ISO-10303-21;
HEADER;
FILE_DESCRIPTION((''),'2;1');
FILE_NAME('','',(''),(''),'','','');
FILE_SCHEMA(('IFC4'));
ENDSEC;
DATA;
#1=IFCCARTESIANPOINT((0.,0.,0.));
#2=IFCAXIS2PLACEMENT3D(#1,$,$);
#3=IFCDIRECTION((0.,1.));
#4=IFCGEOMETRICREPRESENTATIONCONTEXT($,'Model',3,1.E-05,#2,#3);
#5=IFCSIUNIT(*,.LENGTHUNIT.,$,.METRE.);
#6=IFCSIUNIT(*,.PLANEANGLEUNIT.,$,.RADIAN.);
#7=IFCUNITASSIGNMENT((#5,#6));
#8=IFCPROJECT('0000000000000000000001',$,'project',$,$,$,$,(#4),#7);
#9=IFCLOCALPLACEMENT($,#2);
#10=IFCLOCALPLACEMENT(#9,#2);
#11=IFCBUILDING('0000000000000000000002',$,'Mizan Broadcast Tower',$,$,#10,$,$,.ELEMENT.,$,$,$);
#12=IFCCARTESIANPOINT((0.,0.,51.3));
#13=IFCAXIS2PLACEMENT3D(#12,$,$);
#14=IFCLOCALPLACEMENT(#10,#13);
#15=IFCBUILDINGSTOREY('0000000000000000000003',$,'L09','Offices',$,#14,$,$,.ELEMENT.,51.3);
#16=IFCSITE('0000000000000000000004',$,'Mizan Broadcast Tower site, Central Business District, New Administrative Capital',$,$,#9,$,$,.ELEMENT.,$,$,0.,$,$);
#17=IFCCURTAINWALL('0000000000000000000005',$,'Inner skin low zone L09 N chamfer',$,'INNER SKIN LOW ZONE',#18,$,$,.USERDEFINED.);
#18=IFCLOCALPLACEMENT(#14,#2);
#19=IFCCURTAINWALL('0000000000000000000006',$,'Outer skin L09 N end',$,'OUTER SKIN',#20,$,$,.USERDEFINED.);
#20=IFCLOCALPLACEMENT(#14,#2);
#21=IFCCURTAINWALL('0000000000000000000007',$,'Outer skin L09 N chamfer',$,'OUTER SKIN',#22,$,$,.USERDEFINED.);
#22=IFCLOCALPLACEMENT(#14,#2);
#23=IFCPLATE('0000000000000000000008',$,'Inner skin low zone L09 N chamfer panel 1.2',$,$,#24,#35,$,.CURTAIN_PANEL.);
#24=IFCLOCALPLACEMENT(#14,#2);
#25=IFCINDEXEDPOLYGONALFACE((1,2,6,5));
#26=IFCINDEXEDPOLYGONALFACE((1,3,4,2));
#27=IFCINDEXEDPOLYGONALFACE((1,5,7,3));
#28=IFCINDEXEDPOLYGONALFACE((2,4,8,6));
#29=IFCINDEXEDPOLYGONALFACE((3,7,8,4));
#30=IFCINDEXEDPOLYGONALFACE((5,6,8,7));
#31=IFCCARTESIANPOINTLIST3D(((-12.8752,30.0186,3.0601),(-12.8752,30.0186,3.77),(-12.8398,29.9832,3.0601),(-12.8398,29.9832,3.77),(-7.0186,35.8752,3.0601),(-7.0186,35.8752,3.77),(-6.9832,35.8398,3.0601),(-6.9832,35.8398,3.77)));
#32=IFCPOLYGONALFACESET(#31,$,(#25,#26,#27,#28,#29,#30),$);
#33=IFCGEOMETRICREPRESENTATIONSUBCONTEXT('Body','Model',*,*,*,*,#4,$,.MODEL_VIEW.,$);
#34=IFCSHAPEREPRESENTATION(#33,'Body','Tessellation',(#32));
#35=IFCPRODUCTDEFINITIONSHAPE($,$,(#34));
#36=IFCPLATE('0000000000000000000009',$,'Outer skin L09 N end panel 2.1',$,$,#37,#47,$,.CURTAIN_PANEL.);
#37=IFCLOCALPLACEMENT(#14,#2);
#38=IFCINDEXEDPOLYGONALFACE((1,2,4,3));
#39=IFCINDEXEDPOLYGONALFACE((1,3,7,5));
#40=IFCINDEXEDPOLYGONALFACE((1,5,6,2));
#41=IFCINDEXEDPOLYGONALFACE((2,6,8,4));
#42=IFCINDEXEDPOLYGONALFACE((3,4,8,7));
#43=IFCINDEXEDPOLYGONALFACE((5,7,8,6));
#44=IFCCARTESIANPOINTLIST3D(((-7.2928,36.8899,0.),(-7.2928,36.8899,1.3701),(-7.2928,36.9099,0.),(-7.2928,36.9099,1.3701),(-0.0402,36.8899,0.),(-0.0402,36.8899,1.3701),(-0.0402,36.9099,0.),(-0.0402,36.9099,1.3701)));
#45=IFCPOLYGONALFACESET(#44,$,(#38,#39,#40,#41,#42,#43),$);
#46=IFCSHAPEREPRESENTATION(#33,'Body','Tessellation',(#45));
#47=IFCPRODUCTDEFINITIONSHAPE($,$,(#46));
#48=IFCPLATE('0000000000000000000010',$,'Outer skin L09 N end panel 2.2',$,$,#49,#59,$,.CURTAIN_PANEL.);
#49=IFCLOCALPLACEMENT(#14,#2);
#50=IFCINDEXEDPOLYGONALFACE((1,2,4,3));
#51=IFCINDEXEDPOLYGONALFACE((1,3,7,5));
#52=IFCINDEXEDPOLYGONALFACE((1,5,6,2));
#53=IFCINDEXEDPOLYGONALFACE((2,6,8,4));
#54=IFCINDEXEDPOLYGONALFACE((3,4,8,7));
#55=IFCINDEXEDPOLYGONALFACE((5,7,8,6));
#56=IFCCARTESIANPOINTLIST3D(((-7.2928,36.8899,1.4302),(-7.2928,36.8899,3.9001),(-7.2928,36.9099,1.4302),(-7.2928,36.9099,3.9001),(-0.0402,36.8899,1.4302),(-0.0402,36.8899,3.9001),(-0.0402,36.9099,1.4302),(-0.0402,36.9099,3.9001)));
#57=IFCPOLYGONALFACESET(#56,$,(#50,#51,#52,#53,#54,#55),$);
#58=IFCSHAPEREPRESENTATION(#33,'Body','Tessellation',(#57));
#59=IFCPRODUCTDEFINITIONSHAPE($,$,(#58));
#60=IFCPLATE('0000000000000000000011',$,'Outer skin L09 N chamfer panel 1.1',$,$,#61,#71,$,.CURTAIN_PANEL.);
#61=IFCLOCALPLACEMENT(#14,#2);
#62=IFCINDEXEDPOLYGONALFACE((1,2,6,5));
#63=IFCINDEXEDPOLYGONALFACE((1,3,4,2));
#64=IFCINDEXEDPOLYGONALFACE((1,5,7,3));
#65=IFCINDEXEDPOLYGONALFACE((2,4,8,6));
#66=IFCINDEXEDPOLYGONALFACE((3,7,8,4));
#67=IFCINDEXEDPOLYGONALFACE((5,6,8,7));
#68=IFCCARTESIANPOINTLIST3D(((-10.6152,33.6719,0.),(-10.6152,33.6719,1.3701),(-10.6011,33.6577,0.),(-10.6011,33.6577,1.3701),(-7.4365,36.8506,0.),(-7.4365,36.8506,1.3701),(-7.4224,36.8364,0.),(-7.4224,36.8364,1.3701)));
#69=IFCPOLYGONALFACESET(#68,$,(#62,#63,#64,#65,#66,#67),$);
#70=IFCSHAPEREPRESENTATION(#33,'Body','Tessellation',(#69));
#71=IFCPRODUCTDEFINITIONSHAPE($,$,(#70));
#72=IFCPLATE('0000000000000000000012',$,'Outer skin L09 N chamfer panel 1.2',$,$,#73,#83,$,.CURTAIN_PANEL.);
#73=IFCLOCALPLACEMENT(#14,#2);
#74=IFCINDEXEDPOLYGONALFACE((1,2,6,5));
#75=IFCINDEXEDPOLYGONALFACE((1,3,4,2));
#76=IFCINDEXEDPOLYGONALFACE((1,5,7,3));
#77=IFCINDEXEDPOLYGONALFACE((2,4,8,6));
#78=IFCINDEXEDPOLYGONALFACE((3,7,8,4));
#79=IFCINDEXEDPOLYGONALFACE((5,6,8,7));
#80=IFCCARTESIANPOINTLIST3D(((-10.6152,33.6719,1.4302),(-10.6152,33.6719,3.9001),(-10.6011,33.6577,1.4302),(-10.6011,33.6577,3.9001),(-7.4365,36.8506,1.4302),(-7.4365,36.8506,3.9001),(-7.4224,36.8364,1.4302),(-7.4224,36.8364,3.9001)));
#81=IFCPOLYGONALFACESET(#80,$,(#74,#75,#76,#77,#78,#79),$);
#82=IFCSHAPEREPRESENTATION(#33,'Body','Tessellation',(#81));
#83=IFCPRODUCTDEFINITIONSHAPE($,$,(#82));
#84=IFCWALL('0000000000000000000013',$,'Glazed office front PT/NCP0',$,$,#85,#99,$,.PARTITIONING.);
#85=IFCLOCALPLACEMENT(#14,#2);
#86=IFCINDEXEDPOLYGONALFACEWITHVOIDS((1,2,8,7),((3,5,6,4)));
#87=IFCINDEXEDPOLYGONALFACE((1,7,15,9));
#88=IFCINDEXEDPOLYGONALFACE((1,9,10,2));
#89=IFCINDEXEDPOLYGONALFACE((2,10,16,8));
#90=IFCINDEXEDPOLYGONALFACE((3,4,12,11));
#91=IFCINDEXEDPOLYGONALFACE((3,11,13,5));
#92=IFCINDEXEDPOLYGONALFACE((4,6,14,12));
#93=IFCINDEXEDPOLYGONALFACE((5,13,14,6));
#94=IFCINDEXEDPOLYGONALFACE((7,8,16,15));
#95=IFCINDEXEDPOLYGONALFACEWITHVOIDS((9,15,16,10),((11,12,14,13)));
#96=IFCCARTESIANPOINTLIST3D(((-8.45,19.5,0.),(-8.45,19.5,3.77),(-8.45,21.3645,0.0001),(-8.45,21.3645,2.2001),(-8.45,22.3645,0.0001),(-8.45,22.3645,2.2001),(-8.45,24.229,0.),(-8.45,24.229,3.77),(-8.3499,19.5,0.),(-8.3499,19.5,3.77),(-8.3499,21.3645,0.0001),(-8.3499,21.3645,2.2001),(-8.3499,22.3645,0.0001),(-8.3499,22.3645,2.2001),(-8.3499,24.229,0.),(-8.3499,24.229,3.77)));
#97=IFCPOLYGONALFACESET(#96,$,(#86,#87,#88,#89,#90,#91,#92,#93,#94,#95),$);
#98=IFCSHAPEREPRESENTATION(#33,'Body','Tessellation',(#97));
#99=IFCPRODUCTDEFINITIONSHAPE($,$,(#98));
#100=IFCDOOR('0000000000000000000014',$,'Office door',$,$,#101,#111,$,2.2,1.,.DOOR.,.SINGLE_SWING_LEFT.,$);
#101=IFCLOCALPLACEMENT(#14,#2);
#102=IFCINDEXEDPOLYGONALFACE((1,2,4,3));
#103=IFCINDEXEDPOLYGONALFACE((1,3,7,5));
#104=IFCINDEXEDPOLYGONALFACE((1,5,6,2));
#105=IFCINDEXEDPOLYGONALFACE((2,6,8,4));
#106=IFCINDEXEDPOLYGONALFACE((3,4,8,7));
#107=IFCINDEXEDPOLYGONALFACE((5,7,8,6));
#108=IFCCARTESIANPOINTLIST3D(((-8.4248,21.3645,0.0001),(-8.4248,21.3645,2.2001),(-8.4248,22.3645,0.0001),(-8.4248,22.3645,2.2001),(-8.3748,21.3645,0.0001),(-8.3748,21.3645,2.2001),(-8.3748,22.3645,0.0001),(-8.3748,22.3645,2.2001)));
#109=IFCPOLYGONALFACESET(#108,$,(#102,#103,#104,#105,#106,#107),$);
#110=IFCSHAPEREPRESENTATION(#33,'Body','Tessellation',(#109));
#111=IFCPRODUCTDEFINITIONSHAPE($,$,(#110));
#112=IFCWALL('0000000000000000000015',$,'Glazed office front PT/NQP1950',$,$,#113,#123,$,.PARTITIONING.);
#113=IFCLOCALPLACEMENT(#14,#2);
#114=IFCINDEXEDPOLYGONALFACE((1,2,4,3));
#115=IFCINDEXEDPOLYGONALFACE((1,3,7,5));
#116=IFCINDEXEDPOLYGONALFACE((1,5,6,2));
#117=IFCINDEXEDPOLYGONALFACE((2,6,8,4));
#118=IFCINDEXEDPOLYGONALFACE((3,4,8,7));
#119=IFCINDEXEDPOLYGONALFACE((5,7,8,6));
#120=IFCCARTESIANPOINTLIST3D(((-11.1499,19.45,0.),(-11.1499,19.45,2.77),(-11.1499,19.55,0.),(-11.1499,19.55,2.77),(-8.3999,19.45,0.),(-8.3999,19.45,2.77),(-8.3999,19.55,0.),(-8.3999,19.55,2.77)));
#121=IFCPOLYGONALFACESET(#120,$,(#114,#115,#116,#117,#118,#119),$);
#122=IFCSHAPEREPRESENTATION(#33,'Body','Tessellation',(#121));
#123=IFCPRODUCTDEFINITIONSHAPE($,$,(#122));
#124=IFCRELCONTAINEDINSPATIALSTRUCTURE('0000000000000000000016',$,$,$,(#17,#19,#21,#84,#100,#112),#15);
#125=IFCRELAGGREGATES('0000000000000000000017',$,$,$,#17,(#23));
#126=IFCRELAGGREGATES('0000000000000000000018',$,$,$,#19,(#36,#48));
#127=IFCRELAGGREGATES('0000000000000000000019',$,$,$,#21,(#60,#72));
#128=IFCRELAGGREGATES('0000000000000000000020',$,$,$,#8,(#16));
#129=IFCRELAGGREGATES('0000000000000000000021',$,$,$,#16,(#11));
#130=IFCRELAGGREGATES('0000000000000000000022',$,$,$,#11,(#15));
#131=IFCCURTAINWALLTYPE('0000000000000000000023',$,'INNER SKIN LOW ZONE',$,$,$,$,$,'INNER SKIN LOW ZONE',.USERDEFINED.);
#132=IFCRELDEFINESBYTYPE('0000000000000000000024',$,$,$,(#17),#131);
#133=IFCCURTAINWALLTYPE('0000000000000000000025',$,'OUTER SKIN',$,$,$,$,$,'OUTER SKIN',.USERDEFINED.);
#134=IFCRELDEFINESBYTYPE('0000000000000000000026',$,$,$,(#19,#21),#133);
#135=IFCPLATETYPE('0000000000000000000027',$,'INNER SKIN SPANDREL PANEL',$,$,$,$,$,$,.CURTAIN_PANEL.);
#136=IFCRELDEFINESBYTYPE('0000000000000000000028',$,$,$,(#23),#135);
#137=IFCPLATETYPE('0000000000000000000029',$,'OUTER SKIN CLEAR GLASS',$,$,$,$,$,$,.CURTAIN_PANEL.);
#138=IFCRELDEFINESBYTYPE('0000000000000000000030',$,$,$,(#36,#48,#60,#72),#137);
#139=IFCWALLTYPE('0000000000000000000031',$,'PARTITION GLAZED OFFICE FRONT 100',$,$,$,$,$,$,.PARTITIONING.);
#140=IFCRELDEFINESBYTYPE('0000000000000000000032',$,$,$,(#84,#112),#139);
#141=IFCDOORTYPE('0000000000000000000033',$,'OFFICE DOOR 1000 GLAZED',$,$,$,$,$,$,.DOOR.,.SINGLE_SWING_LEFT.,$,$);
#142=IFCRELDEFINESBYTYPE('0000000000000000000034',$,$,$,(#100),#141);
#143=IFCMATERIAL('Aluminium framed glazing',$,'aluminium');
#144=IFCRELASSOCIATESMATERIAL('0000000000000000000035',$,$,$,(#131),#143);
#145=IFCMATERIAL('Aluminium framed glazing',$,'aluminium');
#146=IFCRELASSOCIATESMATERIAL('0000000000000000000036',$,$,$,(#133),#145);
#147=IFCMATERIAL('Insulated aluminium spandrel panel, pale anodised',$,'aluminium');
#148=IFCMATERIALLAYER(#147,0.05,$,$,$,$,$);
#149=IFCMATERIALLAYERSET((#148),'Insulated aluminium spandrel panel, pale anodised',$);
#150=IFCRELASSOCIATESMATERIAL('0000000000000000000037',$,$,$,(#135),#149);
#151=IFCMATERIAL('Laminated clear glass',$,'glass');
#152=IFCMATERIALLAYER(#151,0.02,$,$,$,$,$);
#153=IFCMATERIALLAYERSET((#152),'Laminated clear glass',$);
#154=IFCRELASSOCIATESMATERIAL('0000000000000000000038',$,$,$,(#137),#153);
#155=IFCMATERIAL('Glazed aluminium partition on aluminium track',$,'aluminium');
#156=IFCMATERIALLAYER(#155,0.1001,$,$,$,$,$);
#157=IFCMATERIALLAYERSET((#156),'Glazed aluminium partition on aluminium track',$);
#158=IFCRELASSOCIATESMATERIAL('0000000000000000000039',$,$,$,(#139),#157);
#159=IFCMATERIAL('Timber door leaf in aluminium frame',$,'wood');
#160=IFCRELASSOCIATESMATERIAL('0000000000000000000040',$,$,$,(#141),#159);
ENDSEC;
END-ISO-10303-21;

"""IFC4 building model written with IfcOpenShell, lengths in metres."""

from ifc_helpers import new_model, si_unit, direction, frame, frame_2d, origin, origin_2d, place, context, subcontext, project, spatial, rectangle, extrude, material, layer, layer_set, type_object, element, fill, aggregate, save


model = new_model("IFC4")

# Units and contexts
model_context = context("Model", 3, precision=1e-05, world=origin(), true_north=direction((0.0, 1.0)))
body_context = subcontext(model_context, "Body", "Model", "MODEL_VIEW")
ifc_project = project(units=[si_unit("LENGTHUNIT", "METRE"), si_unit("PLANEANGLEUNIT", "RADIAN")], contexts=[model_context])

# Site, building, storey
site_placement = place(None, origin())
site = spatial("IfcSite", under=ifc_project, at=site_placement, Name="Mizan Broadcast Tower site, Central Business District, New Administrative Capital", CompositionType="ELEMENT", RefElevation=0.0)
building_placement = place(site_placement, origin())
building = spatial("IfcBuilding", under=site, at=building_placement, Name="Mizan Broadcast Tower", CompositionType="ELEMENT")
storey_placement = place(building_placement, frame((0.0, 0.0, 51.3)))
storey = spatial("IfcBuildingStorey", under=building, at=storey_placement, Name="L09", Description="Offices", CompositionType="ELEMENT", Elevation=51.3)

# Shared definitions
ifc_material_1 = material(Name="Aluminium framed glazing", Category="aluminium")
curtain_wall_type_1 = type_object("IfcCurtainWallType", Name="INNER SKIN LOW ZONE", ElementType="INNER SKIN LOW ZONE", PredefinedType="USERDEFINED", material=ifc_material_1)

# Curtain walls
curtain_wall_1_placement = place(storey_placement, origin())
curtain_wall_1 = element("IfcCurtainWall", 1, at=curtain_wall_1_placement, inside=storey, type_object=curtain_wall_type_1, Name="Inner skin low zone L09 N chamfer", ObjectType="INNER SKIN LOW ZONE", PredefinedType="USERDEFINED")
ifc_material_2 = material(Name="Aluminium framed glazing", Category="aluminium")
curtain_wall_type_2 = type_object("IfcCurtainWallType", Name="OUTER SKIN", ElementType="OUTER SKIN", PredefinedType="USERDEFINED", material=ifc_material_2)
curtain_wall_2_placement = place(storey_placement, origin())
curtain_wall_2 = element("IfcCurtainWall", 2, at=curtain_wall_2_placement, inside=storey, type_object=curtain_wall_type_2, Name="Outer skin L09 N end", ObjectType="OUTER SKIN", PredefinedType="USERDEFINED")
curtain_wall_3_placement = place(storey_placement, origin())
curtain_wall_3 = element("IfcCurtainWall", 3, at=curtain_wall_3_placement, inside=storey, type_object=curtain_wall_type_2, Name="Outer skin L09 N chamfer", ObjectType="OUTER SKIN", PredefinedType="USERDEFINED")

# Plates
ifc_material_3 = material(Name="Insulated aluminium spandrel panel, pale anodised", Category="aluminium")
ifc_layer_1 = layer(ifc_material_3, 0.05)
ifc_layer_set_1 = layer_set([ifc_layer_1], Name="Insulated aluminium spandrel panel, pale anodised")
plate_type_1 = type_object("IfcPlateType", Name="INNER SKIN SPANDREL PANEL", PredefinedType="CURTAIN_PANEL", material=ifc_layer_set_1)
plate_1_placement = place(storey_placement, frame((-9.9292, 32.9292, 3.0601), z_axis=(0.0, 0.0, 1.0), x_axis=(-0.707107, -0.707107, 0.0)))
plate_1 = element("IfcPlate", 4, at=plate_1_placement, type_object=plate_type_1, Name="Inner skin low zone L09 N chamfer panel 1.2", PredefinedType="CURTAIN_PANEL", context=body_context, shape_type="SweptSolid", body=[
    extrude(rectangle(XDim=8.2825, YDim=0.05, at=origin_2d()), origin(), (0.0, 0.0, 1.0), 0.71),
])
aggregate(curtain_wall_1, [plate_1])
ifc_material_4 = material(Name="Laminated clear glass", Category="glass")
ifc_layer_2 = layer(ifc_material_4, 0.02)
ifc_layer_set_2 = layer_set([ifc_layer_2], Name="Laminated clear glass")
plate_type_2 = type_object("IfcPlateType", Name="OUTER SKIN CLEAR GLASS", PredefinedType="CURTAIN_PANEL", material=ifc_layer_set_2)
plate_2_placement = place(storey_placement, frame((-3.6665, 36.8999, 0.0), z_axis=(0.0, 0.0, 1.0), x_axis=(-1.0, 0.0, 0.0)))
plate_2 = element("IfcPlate", 5, at=plate_2_placement, type_object=plate_type_2, Name="Outer skin L09 N end panel 2.1", PredefinedType="CURTAIN_PANEL", context=body_context, shape_type="SweptSolid", body=[
    extrude(rectangle(XDim=7.2527, YDim=0.02, at=origin_2d()), origin(), (0.0, 0.0, 1.0), 1.3701),
])
plate_3_placement = place(storey_placement, frame((-3.6665, 36.8999, 1.4302), z_axis=(0.0, 0.0, 1.0), x_axis=(-1.0, 0.0, 0.0)))
plate_3 = element("IfcPlate", 6, at=plate_3_placement, type_object=plate_type_2, Name="Outer skin L09 N end panel 2.2", PredefinedType="CURTAIN_PANEL", context=body_context, shape_type="SweptSolid", body=[
    extrude(rectangle(XDim=7.2527, YDim=0.02, at=origin_2d()), origin(), (0.0, 0.0, 1.0), 2.47),
])
aggregate(curtain_wall_2, [plate_2, plate_3])
plate_4_placement = place(storey_placement, frame((-9.0188, 35.2542, 0.0), z_axis=(0.0, 0.0, 1.0), x_axis=(-0.707107, -0.707107, 0.0)))
plate_4 = element("IfcPlate", 7, at=plate_4_placement, type_object=plate_type_2, Name="Outer skin L09 N chamfer panel 1.1", PredefinedType="CURTAIN_PANEL", context=body_context, shape_type="SweptSolid", body=[
    extrude(rectangle(XDim=4.4954, YDim=0.02, at=origin_2d()), origin(), (0.0, 0.0, 1.0), 1.3701),
])
plate_5_placement = place(storey_placement, frame((-9.0188, 35.2542, 1.4302), z_axis=(0.0, 0.0, 1.0), x_axis=(-0.707107, -0.707107, 0.0)))
plate_5 = element("IfcPlate", 8, at=plate_5_placement, type_object=plate_type_2, Name="Outer skin L09 N chamfer panel 1.2", PredefinedType="CURTAIN_PANEL", context=body_context, shape_type="SweptSolid", body=[
    extrude(rectangle(XDim=4.4954, YDim=0.02, at=origin_2d()), origin(), (0.0, 0.0, 1.0), 2.47),
])
aggregate(curtain_wall_3, [plate_4, plate_5])

# Wall, opening, door
ifc_material_5 = material(Name="Glazed aluminium partition on aluminium track", Category="aluminium")
ifc_layer_3 = layer(ifc_material_5, 0.1001)
ifc_layer_set_3 = layer_set([ifc_layer_3], Name="Glazed aluminium partition on aluminium track")
wall_type = type_object("IfcWallType", Name="PARTITION GLAZED OFFICE FRONT 100", PredefinedType="PARTITIONING", material=ifc_layer_set_3)
wall_1_placement = place(storey_placement, frame((-8.3999, 19.5, 0.0), z_axis=(0.0, 0.0, 1.0), x_axis=(0.0, 1.0, 0.0)))
wall_1 = element("IfcWall", 9, at=wall_1_placement, inside=storey, type_object=wall_type, Name="Glazed office front PT/NCP0", PredefinedType="PARTITIONING", context=body_context, shape_type="SweptSolid", body=[
    extrude(rectangle(XDim=4.729, YDim=0.1001, at=frame_2d((2.3645, 0.0))), origin(), (0.0, 0.0, 1.0), 3.77),
])
opening_placement = place(wall_1_placement, frame((1.8645, 0.0, 0.0)))
opening = element("IfcOpeningElement", 10, at=opening_placement, cuts=wall_1, PredefinedType="OPENING", context=body_context, shape_type="SweptSolid", body=[
    extrude(rectangle(XDim=1.0, YDim=2.2, at=frame_2d((0.5, 1.1001))), frame((0.0, 0.0601, 0.0), z_axis=(0.0, -1.0, 0.0), x_axis=(1.0, 0.0, 0.0)), (0.0, 0.0, 1.0), 0.1201),
])
ifc_material_6 = material(Name="Timber door leaf in aluminium frame", Category="wood")
door_type = type_object("IfcDoorType", Name="OFFICE DOOR 1000 GLAZED", OperationType="SINGLE_SWING_LEFT", PredefinedType="DOOR", material=ifc_material_6)
door_placement = place(opening_placement, origin())
door = element("IfcDoor", 11, at=door_placement, inside=storey, type_object=door_type, Name="Office door", OperationType="SINGLE_SWING_LEFT", OverallHeight=2.2, OverallWidth=1.0, PredefinedType="DOOR", context=body_context, shape_type="SweptSolid", body=[
    extrude(rectangle(XDim=1.0, YDim=2.2, at=frame_2d((0.5, 1.1001))), frame((0.0, 0.0249, 0.0), z_axis=(0.0, -1.0, 0.0), x_axis=(1.0, 0.0, 0.0)), (0.0, 0.0, 1.0), 0.05),
])
fill(opening, door)

# Wall
wall_2_placement = place(storey_placement, frame((-8.3999, 19.5, 0.0), z_axis=(0.0, 0.0, 1.0), x_axis=(-1.0, 0.0, 0.0)))
element("IfcWall", 12, at=wall_2_placement, inside=storey, type_object=wall_type, Name="Glazed office front PT/NQP1950", PredefinedType="PARTITIONING", context=body_context, shape_type="SweptSolid", body=[
    extrude(rectangle(XDim=2.75, YDim=0.1001, at=frame_2d((1.375, 0.0))), origin(), (0.0, 0.0, 1.0), 2.77),
])

save(model, "model.ifc")
